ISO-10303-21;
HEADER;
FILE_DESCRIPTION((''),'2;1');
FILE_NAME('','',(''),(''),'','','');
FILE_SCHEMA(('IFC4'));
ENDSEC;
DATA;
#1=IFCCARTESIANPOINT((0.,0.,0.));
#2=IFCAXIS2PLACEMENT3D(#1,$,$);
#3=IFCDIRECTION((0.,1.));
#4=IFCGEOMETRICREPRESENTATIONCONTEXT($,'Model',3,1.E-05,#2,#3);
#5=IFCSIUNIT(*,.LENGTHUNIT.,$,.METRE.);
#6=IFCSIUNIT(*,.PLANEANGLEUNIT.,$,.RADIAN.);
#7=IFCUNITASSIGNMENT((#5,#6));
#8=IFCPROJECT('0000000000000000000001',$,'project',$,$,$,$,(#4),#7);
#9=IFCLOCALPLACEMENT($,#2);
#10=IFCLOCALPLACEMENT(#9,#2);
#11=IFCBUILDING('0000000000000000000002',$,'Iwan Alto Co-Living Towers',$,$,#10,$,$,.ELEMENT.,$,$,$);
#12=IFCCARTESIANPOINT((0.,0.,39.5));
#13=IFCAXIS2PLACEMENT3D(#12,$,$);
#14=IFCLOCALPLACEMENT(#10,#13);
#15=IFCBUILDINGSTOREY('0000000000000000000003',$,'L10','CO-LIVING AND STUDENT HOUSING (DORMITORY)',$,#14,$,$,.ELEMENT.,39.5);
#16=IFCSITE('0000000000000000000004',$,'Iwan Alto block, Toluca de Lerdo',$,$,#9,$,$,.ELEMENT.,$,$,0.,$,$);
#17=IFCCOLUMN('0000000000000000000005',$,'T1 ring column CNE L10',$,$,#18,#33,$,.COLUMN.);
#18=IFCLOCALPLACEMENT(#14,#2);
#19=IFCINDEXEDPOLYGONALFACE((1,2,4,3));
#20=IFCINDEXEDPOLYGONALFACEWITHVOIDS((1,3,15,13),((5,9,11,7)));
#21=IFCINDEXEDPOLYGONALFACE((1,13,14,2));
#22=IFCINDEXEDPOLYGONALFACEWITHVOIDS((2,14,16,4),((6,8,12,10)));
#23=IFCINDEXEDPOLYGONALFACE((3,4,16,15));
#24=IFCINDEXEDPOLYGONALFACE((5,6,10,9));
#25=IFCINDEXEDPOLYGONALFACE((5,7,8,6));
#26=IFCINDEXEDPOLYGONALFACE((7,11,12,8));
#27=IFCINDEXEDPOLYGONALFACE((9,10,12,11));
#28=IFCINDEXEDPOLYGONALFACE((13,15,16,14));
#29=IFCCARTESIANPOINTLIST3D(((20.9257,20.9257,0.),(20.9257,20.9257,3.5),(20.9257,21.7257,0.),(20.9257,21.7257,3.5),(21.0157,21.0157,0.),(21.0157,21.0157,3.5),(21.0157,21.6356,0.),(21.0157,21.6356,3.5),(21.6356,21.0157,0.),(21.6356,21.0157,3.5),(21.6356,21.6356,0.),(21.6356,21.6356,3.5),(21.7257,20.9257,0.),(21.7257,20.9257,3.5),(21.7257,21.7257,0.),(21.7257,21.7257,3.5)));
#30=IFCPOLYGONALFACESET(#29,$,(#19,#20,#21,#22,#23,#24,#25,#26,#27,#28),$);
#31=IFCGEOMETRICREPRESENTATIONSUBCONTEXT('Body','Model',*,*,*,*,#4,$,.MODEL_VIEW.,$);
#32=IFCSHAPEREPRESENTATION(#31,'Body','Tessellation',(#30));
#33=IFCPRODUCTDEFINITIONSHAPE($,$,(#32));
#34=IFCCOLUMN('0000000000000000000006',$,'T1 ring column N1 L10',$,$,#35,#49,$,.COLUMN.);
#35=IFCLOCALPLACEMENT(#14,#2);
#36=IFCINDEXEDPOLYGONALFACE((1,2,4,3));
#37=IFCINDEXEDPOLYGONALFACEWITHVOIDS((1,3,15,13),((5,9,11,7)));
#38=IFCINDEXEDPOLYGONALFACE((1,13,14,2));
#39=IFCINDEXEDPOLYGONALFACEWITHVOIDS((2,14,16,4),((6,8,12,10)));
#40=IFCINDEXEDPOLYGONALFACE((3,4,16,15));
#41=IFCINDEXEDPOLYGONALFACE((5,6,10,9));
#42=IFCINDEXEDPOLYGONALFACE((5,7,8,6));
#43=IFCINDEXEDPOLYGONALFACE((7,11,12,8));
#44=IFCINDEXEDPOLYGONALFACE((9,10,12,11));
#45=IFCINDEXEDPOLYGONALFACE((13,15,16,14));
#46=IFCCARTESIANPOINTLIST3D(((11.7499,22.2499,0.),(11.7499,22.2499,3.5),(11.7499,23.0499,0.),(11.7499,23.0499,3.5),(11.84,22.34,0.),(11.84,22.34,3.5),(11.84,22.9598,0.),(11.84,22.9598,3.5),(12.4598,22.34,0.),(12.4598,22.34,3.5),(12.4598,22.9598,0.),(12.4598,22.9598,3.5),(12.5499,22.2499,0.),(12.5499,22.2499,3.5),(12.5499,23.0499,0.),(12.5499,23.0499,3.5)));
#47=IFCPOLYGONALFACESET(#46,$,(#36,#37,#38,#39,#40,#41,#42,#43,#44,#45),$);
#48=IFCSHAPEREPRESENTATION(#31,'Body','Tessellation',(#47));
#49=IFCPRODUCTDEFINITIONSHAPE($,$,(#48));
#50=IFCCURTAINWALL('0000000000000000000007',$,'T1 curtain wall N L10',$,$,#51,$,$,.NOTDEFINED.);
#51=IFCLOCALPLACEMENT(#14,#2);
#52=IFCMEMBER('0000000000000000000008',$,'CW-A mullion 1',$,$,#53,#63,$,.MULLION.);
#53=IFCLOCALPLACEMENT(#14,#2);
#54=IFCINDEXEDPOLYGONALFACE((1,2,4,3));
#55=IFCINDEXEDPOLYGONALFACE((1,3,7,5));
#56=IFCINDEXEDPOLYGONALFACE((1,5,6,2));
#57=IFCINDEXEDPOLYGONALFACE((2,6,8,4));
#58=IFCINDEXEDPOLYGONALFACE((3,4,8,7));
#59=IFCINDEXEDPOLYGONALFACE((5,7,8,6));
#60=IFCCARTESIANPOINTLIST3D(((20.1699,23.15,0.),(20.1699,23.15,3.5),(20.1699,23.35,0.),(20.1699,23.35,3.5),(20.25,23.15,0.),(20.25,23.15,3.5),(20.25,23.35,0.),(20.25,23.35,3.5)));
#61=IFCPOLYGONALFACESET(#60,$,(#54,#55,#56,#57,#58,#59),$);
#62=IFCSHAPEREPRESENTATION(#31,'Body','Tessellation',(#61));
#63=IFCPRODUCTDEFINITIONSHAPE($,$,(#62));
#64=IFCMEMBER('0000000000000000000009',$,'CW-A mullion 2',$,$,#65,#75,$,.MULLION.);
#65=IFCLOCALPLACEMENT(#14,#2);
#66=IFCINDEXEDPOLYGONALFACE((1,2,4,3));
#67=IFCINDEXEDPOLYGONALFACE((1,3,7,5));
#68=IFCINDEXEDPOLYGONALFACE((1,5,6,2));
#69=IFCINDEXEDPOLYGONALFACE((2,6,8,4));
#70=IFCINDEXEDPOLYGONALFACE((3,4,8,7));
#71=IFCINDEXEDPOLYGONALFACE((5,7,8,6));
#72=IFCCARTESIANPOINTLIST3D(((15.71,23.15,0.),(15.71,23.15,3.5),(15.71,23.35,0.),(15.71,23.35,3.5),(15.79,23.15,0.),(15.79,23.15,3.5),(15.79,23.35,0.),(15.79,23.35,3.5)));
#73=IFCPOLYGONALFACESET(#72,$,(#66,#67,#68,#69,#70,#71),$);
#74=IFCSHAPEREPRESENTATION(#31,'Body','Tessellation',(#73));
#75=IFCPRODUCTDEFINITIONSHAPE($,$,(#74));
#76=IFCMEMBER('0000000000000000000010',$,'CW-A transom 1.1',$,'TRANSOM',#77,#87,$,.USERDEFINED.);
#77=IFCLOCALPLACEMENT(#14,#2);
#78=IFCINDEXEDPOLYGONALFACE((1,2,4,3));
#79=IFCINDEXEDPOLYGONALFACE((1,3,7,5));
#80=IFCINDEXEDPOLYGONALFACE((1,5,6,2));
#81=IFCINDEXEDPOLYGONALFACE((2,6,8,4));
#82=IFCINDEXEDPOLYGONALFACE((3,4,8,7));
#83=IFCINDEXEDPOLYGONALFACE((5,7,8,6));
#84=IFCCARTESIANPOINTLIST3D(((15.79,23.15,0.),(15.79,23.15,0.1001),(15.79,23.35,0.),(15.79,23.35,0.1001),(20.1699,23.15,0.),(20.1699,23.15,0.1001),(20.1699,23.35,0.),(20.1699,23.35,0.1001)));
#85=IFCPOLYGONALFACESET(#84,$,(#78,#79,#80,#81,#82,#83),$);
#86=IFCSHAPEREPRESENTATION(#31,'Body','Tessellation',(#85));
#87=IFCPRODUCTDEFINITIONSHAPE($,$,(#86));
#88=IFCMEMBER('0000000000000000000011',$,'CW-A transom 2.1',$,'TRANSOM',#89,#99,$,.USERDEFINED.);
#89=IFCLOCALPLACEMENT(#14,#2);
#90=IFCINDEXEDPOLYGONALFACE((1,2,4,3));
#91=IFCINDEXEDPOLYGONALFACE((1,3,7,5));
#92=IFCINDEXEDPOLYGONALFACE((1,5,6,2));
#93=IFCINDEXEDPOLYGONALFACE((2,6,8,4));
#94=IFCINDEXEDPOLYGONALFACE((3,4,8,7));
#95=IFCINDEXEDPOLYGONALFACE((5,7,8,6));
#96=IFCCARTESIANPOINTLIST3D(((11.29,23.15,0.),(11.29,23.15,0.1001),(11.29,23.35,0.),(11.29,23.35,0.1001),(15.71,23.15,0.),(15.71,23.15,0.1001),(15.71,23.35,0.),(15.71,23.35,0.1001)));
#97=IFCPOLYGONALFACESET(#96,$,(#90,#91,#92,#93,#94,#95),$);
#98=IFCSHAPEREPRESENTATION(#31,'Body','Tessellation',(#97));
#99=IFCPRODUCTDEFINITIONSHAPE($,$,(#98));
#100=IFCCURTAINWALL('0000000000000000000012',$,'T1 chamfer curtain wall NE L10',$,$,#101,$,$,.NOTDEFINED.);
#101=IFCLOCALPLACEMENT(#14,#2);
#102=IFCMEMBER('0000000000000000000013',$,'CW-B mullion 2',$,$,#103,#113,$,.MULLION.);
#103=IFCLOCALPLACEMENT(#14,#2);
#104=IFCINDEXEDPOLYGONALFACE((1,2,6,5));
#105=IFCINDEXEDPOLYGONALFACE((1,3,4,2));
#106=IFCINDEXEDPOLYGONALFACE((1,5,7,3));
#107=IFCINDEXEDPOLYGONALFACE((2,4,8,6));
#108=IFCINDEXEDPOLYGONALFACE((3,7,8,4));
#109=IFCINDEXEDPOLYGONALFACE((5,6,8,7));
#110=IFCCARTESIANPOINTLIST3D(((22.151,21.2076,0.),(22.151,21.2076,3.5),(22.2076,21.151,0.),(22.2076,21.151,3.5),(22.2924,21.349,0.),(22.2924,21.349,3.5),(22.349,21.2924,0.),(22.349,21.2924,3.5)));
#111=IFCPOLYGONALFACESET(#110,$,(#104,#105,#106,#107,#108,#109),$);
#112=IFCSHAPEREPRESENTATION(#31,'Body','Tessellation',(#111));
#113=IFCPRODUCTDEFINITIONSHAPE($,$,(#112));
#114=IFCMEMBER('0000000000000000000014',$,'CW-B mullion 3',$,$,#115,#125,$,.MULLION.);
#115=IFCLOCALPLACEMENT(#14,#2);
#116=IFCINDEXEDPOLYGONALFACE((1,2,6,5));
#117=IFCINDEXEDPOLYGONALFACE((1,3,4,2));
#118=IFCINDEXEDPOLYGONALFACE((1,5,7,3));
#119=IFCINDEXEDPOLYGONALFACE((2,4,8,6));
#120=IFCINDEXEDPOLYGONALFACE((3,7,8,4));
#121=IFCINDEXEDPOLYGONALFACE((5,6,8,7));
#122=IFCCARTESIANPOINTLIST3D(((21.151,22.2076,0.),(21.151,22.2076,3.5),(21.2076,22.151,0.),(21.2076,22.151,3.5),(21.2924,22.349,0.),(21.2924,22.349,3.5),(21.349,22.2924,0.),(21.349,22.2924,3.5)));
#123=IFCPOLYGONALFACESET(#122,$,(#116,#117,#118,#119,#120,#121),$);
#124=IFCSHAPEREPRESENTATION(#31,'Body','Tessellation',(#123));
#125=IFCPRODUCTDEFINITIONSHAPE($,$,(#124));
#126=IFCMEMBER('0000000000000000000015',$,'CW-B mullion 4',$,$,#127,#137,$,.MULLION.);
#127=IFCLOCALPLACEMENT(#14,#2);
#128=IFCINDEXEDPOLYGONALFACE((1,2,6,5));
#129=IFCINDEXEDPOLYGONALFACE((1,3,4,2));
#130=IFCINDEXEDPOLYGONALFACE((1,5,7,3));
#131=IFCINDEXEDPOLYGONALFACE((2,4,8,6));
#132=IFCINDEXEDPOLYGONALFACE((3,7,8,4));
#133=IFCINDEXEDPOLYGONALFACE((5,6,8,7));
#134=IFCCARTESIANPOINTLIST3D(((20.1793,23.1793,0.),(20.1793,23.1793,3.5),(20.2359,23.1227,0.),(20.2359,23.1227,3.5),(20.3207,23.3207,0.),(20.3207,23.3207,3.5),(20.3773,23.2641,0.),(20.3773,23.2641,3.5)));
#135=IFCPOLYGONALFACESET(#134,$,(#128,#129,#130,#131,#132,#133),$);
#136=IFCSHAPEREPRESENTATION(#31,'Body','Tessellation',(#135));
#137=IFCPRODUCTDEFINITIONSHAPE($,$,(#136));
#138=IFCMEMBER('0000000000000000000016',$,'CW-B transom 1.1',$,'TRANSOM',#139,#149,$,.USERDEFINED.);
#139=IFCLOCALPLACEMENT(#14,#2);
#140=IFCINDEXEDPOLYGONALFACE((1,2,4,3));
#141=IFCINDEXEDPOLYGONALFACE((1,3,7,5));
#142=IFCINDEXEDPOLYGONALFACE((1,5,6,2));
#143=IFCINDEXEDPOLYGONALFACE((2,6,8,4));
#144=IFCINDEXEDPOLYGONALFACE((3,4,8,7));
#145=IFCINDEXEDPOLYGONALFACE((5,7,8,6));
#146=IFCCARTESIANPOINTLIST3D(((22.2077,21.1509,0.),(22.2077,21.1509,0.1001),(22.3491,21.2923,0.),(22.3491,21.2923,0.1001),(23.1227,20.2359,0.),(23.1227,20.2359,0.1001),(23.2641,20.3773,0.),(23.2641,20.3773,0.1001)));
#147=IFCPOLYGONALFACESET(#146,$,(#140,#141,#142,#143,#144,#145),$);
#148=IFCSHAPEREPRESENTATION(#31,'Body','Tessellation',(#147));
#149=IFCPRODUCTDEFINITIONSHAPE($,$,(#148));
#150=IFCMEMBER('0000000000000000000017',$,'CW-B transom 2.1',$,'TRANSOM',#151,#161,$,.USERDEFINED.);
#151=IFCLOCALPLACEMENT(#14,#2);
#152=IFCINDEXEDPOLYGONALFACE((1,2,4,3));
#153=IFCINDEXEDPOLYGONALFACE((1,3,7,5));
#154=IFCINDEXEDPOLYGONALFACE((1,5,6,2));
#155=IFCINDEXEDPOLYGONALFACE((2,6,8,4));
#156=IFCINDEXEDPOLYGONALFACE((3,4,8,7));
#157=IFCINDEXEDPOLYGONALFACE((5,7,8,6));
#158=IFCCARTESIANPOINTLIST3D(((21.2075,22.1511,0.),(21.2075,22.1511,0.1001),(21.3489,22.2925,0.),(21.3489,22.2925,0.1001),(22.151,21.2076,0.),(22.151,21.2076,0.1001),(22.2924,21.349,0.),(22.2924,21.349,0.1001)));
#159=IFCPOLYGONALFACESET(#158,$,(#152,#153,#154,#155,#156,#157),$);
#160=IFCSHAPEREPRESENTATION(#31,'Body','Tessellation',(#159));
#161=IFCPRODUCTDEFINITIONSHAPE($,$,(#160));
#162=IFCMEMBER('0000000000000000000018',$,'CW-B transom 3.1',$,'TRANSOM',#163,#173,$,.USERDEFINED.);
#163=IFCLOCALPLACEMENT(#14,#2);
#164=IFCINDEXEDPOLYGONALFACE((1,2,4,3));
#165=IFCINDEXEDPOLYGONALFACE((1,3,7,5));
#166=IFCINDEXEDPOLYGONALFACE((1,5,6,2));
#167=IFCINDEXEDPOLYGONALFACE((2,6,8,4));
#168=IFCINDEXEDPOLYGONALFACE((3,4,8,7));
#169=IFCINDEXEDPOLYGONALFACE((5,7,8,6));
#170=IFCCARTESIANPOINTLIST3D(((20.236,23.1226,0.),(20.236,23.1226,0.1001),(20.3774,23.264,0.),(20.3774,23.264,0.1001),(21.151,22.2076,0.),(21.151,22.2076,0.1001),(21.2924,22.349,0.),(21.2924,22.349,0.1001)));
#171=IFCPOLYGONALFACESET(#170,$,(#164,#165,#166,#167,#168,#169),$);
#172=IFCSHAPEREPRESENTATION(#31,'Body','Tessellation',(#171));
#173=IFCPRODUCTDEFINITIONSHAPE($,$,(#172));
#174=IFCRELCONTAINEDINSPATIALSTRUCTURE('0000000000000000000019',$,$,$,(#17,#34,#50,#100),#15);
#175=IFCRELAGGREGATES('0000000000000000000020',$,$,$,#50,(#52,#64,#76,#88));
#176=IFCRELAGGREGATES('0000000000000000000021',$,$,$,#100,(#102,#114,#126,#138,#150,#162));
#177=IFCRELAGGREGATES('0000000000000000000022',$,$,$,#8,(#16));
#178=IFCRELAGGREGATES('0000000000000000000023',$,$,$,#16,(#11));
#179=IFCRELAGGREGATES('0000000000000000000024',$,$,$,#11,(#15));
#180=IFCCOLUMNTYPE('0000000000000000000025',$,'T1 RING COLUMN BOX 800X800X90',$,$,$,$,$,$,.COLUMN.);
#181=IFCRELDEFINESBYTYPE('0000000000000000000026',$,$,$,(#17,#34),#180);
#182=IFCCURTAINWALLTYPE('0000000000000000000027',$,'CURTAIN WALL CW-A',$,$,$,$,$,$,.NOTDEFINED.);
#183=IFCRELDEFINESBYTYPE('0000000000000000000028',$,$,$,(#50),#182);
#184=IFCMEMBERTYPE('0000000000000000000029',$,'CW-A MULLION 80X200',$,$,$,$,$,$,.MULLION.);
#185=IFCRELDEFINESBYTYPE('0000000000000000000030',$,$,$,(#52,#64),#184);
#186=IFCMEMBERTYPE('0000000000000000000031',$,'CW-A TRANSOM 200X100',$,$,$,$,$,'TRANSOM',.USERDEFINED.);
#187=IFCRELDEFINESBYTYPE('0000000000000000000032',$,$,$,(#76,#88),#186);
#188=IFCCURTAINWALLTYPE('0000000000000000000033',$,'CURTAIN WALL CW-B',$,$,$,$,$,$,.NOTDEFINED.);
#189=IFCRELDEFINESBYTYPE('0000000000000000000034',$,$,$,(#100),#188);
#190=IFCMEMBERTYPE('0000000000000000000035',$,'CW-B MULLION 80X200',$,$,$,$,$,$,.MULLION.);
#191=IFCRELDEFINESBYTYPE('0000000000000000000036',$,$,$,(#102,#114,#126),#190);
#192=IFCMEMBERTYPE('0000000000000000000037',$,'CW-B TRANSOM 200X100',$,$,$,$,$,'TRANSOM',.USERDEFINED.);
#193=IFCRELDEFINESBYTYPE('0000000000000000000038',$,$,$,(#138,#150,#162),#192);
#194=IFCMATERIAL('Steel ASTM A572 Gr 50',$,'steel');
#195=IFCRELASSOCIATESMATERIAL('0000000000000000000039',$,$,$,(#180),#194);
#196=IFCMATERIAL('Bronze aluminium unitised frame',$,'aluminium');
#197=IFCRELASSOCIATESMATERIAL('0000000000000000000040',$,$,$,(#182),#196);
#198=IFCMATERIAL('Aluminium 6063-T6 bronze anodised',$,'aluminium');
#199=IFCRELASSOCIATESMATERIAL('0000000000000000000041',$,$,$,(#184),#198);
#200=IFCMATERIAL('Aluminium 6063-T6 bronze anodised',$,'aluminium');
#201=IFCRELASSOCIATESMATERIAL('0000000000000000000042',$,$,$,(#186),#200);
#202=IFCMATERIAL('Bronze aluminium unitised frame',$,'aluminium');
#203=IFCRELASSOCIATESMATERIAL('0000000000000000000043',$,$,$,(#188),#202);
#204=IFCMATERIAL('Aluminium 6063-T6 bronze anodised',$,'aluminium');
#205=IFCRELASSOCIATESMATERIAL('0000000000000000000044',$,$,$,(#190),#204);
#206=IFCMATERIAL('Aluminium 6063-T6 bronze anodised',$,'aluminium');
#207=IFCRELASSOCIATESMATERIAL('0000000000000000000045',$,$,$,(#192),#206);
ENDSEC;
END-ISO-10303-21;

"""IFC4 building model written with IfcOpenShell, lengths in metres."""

from ifc_helpers import new_model, si_unit, direction, frame, origin, origin_2d, place, context, subcontext, project, spatial, rectangle, hollow_rectangle, extrude, material, material_profile, profile_set, type_object, element, aggregate, save


model = new_model("IFC4")

# Units and contexts
model_context = context("Model", 3, precision=1e-05, world=origin(), true_north=direction((0.0, 1.0)))
body_context = subcontext(model_context, "Body", "Model", "MODEL_VIEW")
ifc_project = project(units=[si_unit("LENGTHUNIT", "METRE"), si_unit("PLANEANGLEUNIT", "RADIAN")], contexts=[model_context])

# Site, building, storey
site_placement = place(None, origin())
site = spatial("IfcSite", under=ifc_project, at=site_placement, Name="Iwan Alto block, Toluca de Lerdo", CompositionType="ELEMENT", RefElevation=0.0)
building_placement = place(site_placement, origin())
building = spatial("IfcBuilding", under=site, at=building_placement, Name="Iwan Alto Co-Living Towers", CompositionType="ELEMENT")
storey_placement = place(building_placement, frame((0.0, 0.0, 39.5)))
storey = spatial("IfcBuildingStorey", under=building, at=storey_placement, Name="L10", Description="CO-LIVING AND STUDENT HOUSING (DORMITORY)", CompositionType="ELEMENT", Elevation=39.5)

# Columns
ifc_material_1 = material(Name="Steel ASTM A572 Gr 50", Category="steel")
ifc_material_profile_1 = material_profile(ifc_material_1, hollow_rectangle(XDim=0.8, YDim=0.8, WallThickness=0.0901, at=origin_2d()), Name="BOX 800X800X90")
ifc_profile_set_1 = profile_set([ifc_material_profile_1], Name="Steel ASTM A572 Gr 50")
column_type = type_object("IfcColumnType", Name="T1 RING COLUMN BOX 800X800X90", PredefinedType="COLUMN", material=ifc_profile_set_1)
for number, where, z_axis, x_axis, name in (
    (1, (21.3257, 21.3257, 0.0), (0.0, 0.0, 1.0), (1.0, 0.0, 0.0), "T1 ring column CNE L10"),
    (2, (12.1499, 22.6499, 0.0), (0.0, 0.0, 1.0), (1.0, 0.0, 0.0), "T1 ring column N1 L10"),
):
    element("IfcColumn", number, at=place(storey_placement, frame(where, z_axis=z_axis, x_axis=x_axis)), inside=storey, type_object=column_type, Name=name, PredefinedType="COLUMN", context=body_context, shape_type="SweptSolid", body=[
        extrude(hollow_rectangle(XDim=0.8, YDim=0.8, WallThickness=0.0901, at=origin_2d()), origin(), (0.0, 0.0, 1.0), 3.5),
    ])

# Curtain walls, members
ifc_material_2 = material(Name="Bronze aluminium unitised frame", Category="aluminium")
curtain_wall_type_1 = type_object("IfcCurtainWallType", Name="CURTAIN WALL CW-A", PredefinedType="NOTDEFINED", material=ifc_material_2)
curtain_wall_1_placement = place(storey_placement, origin())
curtain_wall_1 = element("IfcCurtainWall", 3, at=curtain_wall_1_placement, inside=storey, type_object=curtain_wall_type_1, Name="T1 curtain wall N L10", PredefinedType="NOTDEFINED")
ifc_material_3 = material(Name="Aluminium 6063-T6 bronze anodised", Category="aluminium")
ifc_material_profile_2 = material_profile(ifc_material_3, rectangle(XDim=0.2, YDim=0.0801, at=origin_2d()), Name="AL 80X200")
ifc_profile_set_2 = profile_set([ifc_material_profile_2], Name="Aluminium 6063-T6 bronze anodised")
member_type_1 = type_object("IfcMemberType", Name="CW-A MULLION 80X200", PredefinedType="MULLION", material=ifc_profile_set_2)
member_1_placement = place(storey_placement, frame((20.21, 23.25, 0.0), z_axis=(0.0, 0.0, 1.0), x_axis=(0.0, -1.0, 0.0)))
member_1 = element("IfcMember", 4, at=member_1_placement, type_object=member_type_1, Name="CW-A mullion 1", PredefinedType="MULLION", context=body_context, shape_type="SweptSolid", body=[
    extrude(rectangle(XDim=0.2, YDim=0.0801, at=origin_2d()), origin(), (0.0, 0.0, 1.0), 3.5),
])
member_2_placement = place(storey_placement, frame((15.75, 23.25, 0.0), z_axis=(0.0, 0.0, 1.0), x_axis=(0.0, -1.0, 0.0)))
member_2 = element("IfcMember", 5, at=member_2_placement, type_object=member_type_1, Name="CW-A mullion 2", PredefinedType="MULLION", context=body_context, shape_type="SweptSolid", body=[
    extrude(rectangle(XDim=0.2, YDim=0.0801, at=origin_2d()), origin(), (0.0, 0.0, 1.0), 3.5),
])
ifc_material_4 = material(Name="Aluminium 6063-T6 bronze anodised", Category="aluminium")
ifc_material_profile_3 = material_profile(ifc_material_4, rectangle(XDim=0.2, YDim=0.1001, at=origin_2d()), Name="AL 200X100")
ifc_profile_set_3 = profile_set([ifc_material_profile_3], Name="Aluminium 6063-T6 bronze anodised")
member_type_2 = type_object("IfcMemberType", Name="CW-A TRANSOM 200X100", ElementType="TRANSOM", PredefinedType="USERDEFINED", material=ifc_profile_set_3)
member_3_placement = place(storey_placement, frame((20.1699, 23.25, 0.05), z_axis=(-1.0, 0.0, 0.0), x_axis=(0.0, -1.0, 0.0)))
member_3 = element("IfcMember", 6, at=member_3_placement, type_object=member_type_2, Name="CW-A transom 1.1", ObjectType="TRANSOM", PredefinedType="USERDEFINED", context=body_context, shape_type="SweptSolid", body=[
    extrude(rectangle(XDim=0.2, YDim=0.1001, at=origin_2d()), origin(), (0.0, 0.0, 1.0), 4.3799),
])
member_4_placement = place(storey_placement, frame((15.71, 23.25, 0.05), z_axis=(-1.0, 0.0, 0.0), x_axis=(0.0, -1.0, 0.0)))
member_4 = element("IfcMember", 7, at=member_4_placement, type_object=member_type_2, Name="CW-A transom 2.1", ObjectType="TRANSOM", PredefinedType="USERDEFINED", context=body_context, shape_type="SweptSolid", body=[
    extrude(rectangle(XDim=0.2, YDim=0.1001, at=origin_2d()), origin(), (0.0, 0.0, 1.0), 4.4199),
])
ifc_material_5 = material(Name="Bronze aluminium unitised frame", Category="aluminium")
curtain_wall_type_2 = type_object("IfcCurtainWallType", Name="CURTAIN WALL CW-B", PredefinedType="NOTDEFINED", material=ifc_material_5)
curtain_wall_2_placement = place(storey_placement, origin())
curtain_wall_2 = element("IfcCurtainWall", 8, at=curtain_wall_2_placement, inside=storey, type_object=curtain_wall_type_2, Name="T1 chamfer curtain wall NE L10", PredefinedType="NOTDEFINED")
ifc_material_6 = material(Name="Aluminium 6063-T6 bronze anodised", Category="aluminium")
ifc_material_profile_4 = material_profile(ifc_material_6, rectangle(XDim=0.2, YDim=0.0801, at=origin_2d()), Name="AL 80X200")
ifc_profile_set_4 = profile_set([ifc_material_profile_4], Name="Aluminium 6063-T6 bronze anodised")
member_type_3 = type_object("IfcMemberType", Name="CW-B MULLION 80X200", PredefinedType="MULLION", material=ifc_profile_set_4)
member_5_placement = place(storey_placement, frame((22.25, 21.25, 0.0), z_axis=(0.0, 0.0, 1.0), x_axis=(-0.707107, -0.707107, 0.0)))
member_5 = element("IfcMember", 9, at=member_5_placement, type_object=member_type_3, Name="CW-B mullion 2", PredefinedType="MULLION", context=body_context, shape_type="SweptSolid", body=[
    extrude(rectangle(XDim=0.2, YDim=0.0801, at=origin_2d()), origin(), (0.0, 0.0, 1.0), 3.5),
])
member_6_placement = place(storey_placement, frame((21.25, 22.25, 0.0), z_axis=(0.0, 0.0, 1.0), x_axis=(-0.707107, -0.707107, 0.0)))
member_6 = element("IfcMember", 10, at=member_6_placement, type_object=member_type_3, Name="CW-B mullion 3", PredefinedType="MULLION", context=body_context, shape_type="SweptSolid", body=[
    extrude(rectangle(XDim=0.2, YDim=0.0801, at=origin_2d()), origin(), (0.0, 0.0, 1.0), 3.5),
])
member_7_placement = place(storey_placement, frame((20.2783, 23.2217, 0.0), z_axis=(0.0, 0.0, 1.0), x_axis=(-0.707107, -0.707107, 0.0)))
member_7 = element("IfcMember", 11, at=member_7_placement, type_object=member_type_3, Name="CW-B mullion 4", PredefinedType="MULLION", context=body_context, shape_type="SweptSolid", body=[
    extrude(rectangle(XDim=0.2, YDim=0.0801, at=origin_2d()), origin(), (0.0, 0.0, 1.0), 3.5),
])
ifc_material_7 = material(Name="Aluminium 6063-T6 bronze anodised", Category="aluminium")
ifc_material_profile_5 = material_profile(ifc_material_7, rectangle(XDim=0.2, YDim=0.1001, at=origin_2d()), Name="AL 200X100")
ifc_profile_set_5 = profile_set([ifc_material_profile_5], Name="Aluminium 6063-T6 bronze anodised")
member_type_4 = type_object("IfcMemberType", Name="CW-B TRANSOM 200X100", ElementType="TRANSOM", PredefinedType="USERDEFINED", material=ifc_profile_set_5)
member_8_placement = place(storey_placement, frame((23.1934, 20.3066, 0.05), z_axis=(-0.707107, 0.707107, 0.0), x_axis=(-0.707107, -0.707107, 0.0)))
member_8 = element("IfcMember", 12, at=member_8_placement, type_object=member_type_4, Name="CW-B transom 1.1", ObjectType="TRANSOM", PredefinedType="USERDEFINED", context=body_context, shape_type="SweptSolid", body=[
    extrude(rectangle(XDim=0.2, YDim=0.1001, at=origin_2d()), origin(), (0.0, 0.0, 1.0), 1.2939),
])
member_9_placement = place(storey_placement, frame((22.2217, 21.2783, 0.05), z_axis=(-0.707107, 0.707107, 0.0), x_axis=(-0.707107, -0.707107, 0.0)))
member_9 = element("IfcMember", 13, at=member_9_placement, type_object=member_type_4, Name="CW-B transom 2.1", ObjectType="TRANSOM", PredefinedType="USERDEFINED", context=body_context, shape_type="SweptSolid", body=[
    extrude(rectangle(XDim=0.2, YDim=0.1001, at=origin_2d()), origin(), (0.0, 0.0, 1.0), 1.3342),
])
member_10_placement = place(storey_placement, frame((21.2217, 22.2783, 0.05), z_axis=(-0.707107, 0.707107, 0.0), x_axis=(-0.707107, -0.707107, 0.0)))
member_10 = element("IfcMember", 14, at=member_10_placement, type_object=member_type_4, Name="CW-B transom 3.1", ObjectType="TRANSOM", PredefinedType="USERDEFINED", context=body_context, shape_type="SweptSolid", body=[
    extrude(rectangle(XDim=0.2, YDim=0.1001, at=origin_2d()), origin(), (0.0, 0.0, 1.0), 1.2939),
])

aggregate(curtain_wall_1, [member_1, member_2, member_3, member_4])
aggregate(curtain_wall_2, [member_5, member_6, member_7, member_8, member_9, member_10])

save(model, "model.ifc")
